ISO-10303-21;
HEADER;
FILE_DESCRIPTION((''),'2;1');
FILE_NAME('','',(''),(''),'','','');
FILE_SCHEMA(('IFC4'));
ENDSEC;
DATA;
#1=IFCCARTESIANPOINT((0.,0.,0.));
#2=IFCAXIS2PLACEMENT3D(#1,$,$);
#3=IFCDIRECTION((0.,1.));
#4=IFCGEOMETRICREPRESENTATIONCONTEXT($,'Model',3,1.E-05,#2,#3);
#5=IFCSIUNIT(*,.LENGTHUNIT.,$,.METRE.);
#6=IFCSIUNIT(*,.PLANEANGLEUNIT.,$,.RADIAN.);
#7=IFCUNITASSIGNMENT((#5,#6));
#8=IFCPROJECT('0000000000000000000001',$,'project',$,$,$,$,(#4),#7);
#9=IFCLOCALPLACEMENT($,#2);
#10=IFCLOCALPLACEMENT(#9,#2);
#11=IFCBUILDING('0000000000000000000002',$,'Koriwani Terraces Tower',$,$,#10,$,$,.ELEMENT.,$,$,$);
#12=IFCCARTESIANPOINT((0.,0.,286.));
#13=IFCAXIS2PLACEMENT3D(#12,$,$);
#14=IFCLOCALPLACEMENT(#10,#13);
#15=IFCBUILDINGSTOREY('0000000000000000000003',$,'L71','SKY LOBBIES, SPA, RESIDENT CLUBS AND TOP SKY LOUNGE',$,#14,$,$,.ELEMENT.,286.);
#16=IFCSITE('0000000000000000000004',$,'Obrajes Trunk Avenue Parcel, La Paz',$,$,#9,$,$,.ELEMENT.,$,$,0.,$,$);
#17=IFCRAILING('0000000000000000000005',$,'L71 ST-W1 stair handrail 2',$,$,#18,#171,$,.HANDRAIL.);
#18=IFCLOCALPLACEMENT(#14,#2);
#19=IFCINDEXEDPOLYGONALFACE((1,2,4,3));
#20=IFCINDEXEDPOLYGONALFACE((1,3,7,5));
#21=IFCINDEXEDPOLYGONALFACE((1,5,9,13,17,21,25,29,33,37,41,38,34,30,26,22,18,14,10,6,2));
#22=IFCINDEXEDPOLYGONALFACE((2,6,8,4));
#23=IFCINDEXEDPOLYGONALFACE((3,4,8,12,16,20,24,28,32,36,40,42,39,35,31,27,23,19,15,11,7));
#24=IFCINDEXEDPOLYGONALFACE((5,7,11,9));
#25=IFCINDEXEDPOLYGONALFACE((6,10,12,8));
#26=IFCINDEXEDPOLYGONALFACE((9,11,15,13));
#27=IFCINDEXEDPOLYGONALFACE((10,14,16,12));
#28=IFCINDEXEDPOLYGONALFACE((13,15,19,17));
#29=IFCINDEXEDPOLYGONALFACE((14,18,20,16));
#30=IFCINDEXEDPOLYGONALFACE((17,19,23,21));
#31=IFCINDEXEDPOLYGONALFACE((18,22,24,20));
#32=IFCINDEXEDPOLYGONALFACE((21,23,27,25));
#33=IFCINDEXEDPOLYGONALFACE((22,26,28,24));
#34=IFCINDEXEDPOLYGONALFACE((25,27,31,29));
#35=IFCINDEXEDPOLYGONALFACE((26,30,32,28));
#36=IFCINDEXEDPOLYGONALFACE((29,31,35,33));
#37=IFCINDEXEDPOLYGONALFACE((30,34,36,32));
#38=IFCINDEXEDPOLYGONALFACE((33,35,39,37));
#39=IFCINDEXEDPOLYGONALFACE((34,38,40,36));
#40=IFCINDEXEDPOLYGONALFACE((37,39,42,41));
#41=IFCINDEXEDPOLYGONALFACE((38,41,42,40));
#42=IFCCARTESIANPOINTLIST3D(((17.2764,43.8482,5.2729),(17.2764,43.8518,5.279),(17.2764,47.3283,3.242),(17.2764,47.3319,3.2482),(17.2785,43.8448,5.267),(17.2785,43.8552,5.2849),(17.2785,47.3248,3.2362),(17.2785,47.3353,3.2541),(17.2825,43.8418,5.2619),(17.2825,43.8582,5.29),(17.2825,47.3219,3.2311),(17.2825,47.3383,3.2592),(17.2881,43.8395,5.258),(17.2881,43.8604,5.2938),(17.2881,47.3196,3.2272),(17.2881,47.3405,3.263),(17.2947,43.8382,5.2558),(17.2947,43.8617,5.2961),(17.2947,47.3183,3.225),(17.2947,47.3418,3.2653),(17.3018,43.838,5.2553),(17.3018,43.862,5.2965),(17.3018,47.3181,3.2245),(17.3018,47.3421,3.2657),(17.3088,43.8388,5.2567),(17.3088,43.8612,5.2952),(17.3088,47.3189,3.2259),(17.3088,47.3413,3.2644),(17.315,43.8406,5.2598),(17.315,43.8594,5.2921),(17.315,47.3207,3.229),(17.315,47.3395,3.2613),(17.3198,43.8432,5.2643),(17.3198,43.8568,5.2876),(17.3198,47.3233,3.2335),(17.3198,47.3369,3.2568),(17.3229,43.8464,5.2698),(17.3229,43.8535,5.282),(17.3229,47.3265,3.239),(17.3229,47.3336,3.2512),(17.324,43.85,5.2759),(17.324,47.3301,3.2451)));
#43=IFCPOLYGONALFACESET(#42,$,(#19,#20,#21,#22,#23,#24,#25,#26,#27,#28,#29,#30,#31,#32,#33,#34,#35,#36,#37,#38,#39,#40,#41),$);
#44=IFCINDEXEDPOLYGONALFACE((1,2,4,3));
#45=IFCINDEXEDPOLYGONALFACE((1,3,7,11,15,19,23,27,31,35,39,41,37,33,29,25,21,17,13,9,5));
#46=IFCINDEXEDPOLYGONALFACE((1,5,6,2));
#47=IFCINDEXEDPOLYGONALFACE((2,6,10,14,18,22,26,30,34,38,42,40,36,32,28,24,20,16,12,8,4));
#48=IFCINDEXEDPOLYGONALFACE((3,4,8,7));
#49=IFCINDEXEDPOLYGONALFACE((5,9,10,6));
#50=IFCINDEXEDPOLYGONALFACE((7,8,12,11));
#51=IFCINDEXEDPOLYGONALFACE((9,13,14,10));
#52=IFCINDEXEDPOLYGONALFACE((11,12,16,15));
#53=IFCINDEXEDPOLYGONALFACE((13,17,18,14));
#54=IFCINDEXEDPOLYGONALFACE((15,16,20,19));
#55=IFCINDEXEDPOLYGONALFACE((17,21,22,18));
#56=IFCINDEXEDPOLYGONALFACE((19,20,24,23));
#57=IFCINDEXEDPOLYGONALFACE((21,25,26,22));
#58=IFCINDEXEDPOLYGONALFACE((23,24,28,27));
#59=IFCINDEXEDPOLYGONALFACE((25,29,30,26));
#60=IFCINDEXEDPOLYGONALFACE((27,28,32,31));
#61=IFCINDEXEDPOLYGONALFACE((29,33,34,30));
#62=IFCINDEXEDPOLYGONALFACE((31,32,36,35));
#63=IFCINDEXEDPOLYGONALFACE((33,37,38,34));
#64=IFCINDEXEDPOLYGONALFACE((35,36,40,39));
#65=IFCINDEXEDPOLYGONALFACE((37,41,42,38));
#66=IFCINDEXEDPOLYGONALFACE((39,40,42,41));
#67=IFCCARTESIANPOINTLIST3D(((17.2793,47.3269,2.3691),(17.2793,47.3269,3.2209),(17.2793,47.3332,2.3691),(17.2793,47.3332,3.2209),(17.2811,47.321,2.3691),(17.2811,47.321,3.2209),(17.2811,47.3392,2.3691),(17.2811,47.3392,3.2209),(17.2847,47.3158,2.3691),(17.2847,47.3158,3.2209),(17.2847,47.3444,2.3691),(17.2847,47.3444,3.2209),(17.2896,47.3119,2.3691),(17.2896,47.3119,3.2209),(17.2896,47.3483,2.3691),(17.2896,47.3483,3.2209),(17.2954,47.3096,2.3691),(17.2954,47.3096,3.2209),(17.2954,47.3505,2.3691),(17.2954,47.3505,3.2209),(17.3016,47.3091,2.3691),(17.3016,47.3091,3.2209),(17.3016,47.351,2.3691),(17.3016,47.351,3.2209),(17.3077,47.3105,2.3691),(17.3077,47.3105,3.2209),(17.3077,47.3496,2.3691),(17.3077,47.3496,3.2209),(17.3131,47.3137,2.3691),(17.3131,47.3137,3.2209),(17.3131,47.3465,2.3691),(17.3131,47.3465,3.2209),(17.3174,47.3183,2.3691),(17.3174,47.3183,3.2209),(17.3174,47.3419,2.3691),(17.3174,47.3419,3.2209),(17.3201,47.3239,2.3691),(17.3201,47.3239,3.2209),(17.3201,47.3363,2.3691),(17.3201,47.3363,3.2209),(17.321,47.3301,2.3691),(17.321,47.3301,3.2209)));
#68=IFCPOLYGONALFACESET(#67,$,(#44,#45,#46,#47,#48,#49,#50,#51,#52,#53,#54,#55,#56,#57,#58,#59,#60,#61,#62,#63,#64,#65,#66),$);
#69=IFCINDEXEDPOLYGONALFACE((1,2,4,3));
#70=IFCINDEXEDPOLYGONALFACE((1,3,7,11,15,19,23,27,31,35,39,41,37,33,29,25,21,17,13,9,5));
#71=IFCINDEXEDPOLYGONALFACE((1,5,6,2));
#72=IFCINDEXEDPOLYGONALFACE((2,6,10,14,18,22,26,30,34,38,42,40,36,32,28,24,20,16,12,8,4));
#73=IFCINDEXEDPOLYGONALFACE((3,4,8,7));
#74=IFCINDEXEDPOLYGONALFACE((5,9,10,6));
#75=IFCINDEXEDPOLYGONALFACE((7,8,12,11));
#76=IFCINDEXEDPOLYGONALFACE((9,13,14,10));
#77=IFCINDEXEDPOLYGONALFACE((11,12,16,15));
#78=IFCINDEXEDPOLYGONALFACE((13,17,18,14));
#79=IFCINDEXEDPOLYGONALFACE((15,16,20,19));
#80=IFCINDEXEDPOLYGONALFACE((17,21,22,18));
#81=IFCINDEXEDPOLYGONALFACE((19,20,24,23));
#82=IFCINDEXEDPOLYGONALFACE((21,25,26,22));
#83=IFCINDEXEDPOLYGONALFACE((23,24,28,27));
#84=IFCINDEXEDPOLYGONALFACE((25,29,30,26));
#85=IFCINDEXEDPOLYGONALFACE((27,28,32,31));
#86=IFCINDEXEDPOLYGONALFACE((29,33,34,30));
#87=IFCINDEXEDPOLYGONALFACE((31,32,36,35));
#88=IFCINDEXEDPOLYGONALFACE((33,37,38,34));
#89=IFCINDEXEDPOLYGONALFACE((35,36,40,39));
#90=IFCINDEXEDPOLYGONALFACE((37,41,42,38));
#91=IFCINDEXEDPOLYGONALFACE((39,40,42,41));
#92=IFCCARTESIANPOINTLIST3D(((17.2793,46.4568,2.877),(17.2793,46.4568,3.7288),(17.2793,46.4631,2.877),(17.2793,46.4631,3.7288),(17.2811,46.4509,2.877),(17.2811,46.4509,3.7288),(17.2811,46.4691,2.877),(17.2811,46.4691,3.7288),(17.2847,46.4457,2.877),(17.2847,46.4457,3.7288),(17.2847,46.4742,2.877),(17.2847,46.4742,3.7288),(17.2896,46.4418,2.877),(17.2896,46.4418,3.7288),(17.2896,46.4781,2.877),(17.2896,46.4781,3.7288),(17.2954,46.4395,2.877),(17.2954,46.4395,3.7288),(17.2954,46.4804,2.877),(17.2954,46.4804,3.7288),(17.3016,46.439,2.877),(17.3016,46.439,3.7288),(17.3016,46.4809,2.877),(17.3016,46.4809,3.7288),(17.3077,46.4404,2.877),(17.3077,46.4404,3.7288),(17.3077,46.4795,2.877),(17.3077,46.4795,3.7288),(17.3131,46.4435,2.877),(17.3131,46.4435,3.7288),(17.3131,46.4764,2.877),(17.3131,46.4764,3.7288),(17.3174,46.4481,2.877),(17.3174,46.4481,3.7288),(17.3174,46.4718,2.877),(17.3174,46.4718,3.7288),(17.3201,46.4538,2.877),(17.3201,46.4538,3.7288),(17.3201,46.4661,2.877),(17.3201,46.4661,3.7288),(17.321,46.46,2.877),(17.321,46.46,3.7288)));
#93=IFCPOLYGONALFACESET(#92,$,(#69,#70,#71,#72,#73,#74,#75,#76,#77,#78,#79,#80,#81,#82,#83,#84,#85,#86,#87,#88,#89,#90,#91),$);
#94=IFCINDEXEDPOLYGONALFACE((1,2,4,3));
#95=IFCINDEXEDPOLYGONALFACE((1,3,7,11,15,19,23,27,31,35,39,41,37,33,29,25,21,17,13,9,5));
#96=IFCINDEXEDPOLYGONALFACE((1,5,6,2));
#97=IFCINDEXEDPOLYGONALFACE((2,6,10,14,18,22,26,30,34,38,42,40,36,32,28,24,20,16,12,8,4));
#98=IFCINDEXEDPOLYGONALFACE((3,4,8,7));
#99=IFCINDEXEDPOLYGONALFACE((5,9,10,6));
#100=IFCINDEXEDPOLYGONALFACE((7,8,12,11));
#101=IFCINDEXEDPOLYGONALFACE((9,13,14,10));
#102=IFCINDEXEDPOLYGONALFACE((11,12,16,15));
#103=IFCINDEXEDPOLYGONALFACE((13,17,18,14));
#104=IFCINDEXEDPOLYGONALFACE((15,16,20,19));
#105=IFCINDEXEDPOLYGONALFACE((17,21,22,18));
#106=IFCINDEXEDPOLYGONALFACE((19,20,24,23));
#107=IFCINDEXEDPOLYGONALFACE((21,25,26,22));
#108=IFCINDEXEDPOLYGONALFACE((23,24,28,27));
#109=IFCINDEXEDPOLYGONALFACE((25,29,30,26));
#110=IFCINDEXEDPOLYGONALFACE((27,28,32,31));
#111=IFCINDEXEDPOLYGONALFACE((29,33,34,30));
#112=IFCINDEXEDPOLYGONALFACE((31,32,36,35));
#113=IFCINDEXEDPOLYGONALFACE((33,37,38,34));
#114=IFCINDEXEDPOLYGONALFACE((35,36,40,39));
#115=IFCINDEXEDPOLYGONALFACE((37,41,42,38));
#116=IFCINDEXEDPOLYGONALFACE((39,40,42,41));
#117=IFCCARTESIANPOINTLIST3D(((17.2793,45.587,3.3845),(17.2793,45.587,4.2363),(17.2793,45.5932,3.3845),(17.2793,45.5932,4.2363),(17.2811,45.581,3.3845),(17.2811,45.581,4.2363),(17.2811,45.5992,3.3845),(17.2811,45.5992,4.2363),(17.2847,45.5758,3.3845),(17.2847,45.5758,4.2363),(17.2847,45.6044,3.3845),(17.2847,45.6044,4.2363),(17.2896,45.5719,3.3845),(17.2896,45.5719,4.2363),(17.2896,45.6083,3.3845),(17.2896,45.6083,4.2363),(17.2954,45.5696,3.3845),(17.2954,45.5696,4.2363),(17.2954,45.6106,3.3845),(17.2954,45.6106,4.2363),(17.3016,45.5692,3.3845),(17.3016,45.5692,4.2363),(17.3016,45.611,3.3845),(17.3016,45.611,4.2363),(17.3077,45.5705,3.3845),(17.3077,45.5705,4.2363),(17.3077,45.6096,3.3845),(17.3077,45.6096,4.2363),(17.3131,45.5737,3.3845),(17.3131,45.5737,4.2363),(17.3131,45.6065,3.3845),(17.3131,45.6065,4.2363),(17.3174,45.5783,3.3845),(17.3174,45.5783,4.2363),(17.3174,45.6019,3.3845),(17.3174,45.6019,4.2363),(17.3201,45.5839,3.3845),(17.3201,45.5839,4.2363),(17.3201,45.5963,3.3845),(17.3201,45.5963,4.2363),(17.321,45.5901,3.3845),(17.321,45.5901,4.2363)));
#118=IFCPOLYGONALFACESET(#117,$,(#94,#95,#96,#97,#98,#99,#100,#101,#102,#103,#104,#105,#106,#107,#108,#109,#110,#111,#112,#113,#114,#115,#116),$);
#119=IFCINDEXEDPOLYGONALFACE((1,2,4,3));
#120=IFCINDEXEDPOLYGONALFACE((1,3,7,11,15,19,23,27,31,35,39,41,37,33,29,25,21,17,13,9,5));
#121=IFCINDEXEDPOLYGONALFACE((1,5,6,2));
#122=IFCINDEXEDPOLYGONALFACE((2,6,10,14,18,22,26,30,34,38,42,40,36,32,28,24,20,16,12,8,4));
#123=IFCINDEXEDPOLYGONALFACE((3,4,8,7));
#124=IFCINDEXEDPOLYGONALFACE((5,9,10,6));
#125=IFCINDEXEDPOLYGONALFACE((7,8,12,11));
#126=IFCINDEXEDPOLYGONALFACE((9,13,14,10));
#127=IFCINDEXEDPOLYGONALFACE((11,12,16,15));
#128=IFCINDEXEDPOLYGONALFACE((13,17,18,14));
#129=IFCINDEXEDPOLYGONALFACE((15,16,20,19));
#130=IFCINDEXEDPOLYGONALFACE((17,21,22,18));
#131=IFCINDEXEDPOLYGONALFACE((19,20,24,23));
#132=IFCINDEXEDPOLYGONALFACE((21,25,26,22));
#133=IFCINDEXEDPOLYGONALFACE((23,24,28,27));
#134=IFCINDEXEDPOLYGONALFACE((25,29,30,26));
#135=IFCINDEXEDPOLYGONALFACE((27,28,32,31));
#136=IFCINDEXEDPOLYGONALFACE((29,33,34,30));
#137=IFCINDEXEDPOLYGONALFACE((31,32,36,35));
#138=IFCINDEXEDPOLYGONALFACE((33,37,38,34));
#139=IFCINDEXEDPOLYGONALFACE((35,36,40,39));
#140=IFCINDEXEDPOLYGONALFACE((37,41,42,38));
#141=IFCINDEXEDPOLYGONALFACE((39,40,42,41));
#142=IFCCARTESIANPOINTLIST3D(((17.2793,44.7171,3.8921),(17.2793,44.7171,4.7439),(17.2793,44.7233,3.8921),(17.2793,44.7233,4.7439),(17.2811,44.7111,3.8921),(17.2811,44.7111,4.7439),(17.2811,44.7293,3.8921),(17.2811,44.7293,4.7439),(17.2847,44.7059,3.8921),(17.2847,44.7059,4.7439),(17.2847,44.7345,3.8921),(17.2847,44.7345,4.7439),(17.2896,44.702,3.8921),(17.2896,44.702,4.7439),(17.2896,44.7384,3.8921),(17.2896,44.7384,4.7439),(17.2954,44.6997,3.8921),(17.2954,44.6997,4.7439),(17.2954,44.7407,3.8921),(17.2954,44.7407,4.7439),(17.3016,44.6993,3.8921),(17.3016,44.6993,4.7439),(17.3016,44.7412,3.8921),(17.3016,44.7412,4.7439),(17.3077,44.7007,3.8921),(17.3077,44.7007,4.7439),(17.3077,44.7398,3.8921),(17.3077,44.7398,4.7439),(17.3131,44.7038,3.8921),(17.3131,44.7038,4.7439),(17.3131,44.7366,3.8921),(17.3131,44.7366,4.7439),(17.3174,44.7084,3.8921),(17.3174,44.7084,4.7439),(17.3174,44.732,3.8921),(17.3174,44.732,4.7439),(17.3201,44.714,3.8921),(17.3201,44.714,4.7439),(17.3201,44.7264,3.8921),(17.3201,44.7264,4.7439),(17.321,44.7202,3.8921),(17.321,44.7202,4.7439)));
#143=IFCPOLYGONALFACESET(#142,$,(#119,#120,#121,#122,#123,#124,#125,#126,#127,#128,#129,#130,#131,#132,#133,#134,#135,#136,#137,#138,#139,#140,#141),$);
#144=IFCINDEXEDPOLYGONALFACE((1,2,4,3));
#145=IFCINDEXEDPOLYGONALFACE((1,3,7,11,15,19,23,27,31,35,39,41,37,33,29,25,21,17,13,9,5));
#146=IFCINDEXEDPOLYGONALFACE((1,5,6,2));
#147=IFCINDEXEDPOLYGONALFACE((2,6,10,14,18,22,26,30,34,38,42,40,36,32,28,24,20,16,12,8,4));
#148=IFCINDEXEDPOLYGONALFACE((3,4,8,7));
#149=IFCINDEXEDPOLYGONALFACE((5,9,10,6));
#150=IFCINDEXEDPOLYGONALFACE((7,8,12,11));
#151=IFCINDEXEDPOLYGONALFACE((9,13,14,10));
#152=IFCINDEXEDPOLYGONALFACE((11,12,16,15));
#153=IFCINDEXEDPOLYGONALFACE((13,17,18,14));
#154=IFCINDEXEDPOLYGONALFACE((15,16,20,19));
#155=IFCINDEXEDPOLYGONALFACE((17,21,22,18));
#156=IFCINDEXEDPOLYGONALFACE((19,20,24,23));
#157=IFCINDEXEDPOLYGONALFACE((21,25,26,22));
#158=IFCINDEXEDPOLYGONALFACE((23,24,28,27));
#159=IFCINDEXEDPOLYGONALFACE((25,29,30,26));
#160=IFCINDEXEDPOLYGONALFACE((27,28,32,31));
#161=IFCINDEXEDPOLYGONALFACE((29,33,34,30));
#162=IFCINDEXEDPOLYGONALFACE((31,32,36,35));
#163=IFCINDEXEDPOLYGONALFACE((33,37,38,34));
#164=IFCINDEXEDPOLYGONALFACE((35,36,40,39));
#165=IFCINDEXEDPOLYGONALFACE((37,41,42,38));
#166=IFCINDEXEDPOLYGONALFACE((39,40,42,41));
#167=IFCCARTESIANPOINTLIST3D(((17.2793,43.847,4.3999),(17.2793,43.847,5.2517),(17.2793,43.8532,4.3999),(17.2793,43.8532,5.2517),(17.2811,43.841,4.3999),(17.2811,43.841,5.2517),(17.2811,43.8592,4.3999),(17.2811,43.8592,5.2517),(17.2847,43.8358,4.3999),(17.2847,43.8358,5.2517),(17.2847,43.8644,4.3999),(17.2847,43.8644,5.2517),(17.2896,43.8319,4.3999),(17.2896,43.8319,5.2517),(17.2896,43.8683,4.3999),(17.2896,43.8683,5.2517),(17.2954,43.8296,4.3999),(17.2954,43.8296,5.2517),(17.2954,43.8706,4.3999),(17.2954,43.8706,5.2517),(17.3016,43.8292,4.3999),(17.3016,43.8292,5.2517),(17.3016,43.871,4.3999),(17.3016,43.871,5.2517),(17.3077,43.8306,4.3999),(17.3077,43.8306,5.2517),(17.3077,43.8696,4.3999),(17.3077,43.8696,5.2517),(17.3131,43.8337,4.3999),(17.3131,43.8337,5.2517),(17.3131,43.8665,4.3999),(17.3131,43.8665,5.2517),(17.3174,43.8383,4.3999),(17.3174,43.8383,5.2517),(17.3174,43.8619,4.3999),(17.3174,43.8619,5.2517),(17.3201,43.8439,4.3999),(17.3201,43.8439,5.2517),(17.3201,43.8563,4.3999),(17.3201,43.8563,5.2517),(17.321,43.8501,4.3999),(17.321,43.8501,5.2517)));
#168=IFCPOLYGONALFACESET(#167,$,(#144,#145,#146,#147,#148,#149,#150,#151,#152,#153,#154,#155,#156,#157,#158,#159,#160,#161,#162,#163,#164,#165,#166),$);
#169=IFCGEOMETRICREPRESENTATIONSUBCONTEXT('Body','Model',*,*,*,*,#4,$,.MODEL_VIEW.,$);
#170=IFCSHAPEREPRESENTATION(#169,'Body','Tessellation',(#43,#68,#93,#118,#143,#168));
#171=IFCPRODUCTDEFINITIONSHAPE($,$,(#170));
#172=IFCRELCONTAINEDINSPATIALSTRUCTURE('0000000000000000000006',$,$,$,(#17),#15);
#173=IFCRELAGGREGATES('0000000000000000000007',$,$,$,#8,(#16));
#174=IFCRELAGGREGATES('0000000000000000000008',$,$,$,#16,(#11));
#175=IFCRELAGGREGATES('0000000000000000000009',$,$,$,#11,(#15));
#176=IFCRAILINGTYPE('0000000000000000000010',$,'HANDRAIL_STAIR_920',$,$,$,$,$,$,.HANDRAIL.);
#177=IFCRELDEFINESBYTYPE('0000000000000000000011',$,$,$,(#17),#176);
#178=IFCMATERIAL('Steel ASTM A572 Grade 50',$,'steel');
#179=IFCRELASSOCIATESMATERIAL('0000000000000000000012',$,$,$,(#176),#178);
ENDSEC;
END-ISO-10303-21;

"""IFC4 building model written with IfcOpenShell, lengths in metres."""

from ifc_helpers import new_model, si_unit, direction, frame, origin, origin_2d, place, context, subcontext, project, spatial, circle, extrude, material, type_object, element, save


model = new_model("IFC4")

# Units and contexts
model_context = context("Model", 3, precision=1e-05, world=origin(), true_north=direction((0.0, 1.0)))
body_context = subcontext(model_context, "Body", "Model", "MODEL_VIEW")
ifc_project = project(units=[si_unit("LENGTHUNIT", "METRE"), si_unit("PLANEANGLEUNIT", "RADIAN")], contexts=[model_context])

# Site, building, storey
site_placement = place(None, origin())
site = spatial("IfcSite", under=ifc_project, at=site_placement, Name="Obrajes Trunk Avenue Parcel, La Paz", CompositionType="ELEMENT", RefElevation=0.0)
building_placement = place(site_placement, origin())
building = spatial("IfcBuilding", under=site, at=building_placement, Name="Koriwani Terraces Tower", CompositionType="ELEMENT")
storey_placement = place(building_placement, frame((0.0, 0.0, 286.0)))
storey = spatial("IfcBuildingStorey", under=building, at=storey_placement, Name="L71", Description="SKY LOBBIES, SPA, RESIDENT CLUBS AND TOP SKY LOUNGE", CompositionType="ELEMENT", Elevation=286.0)

# Shared definitions
ifc_material_1 = material(Name="Steel ASTM A572 Grade 50", Category="steel")

# Railing
railing_type_1 = type_object("IfcRailingType", Name="HANDRAIL_STAIR_920", PredefinedType="HANDRAIL", material=ifc_material_1)
railing_1_placement = place(storey_placement, frame((17.3, 47.3301, 2.3691)))
element("IfcRailing", 1, at=railing_1_placement, inside=storey, type_object=railing_type_1, Name="L71 ST-W1 stair handrail 2", PredefinedType="HANDRAIL", context=body_context, shape_type="SweptSolid", body=[
    extrude(circle(Radius=0.0239, at=origin_2d()), frame((0.0, 0.0, 0.876), z_axis=(0.0, -0.863695, 0.504014), x_axis=(1.0, 0.0, 0.0)), (0.0, 0.0, 1.0), 4.0293),
    extrude(circle(Radius=0.021, at=origin_2d()), origin(), (0.0, 0.0, 1.0), 0.8518),
    extrude(circle(Radius=0.021, at=origin_2d()), frame((0.0, -0.8701, 0.5078)), (0.0, 0.0, 1.0), 0.8518),
    extrude(circle(Radius=0.021, at=origin_2d()), frame((0.0, -1.74, 1.0154)), (0.0, 0.0, 1.0), 0.8518),
    extrude(circle(Radius=0.021, at=origin_2d()), frame((0.0, -2.6099, 1.5229)), (0.0, 0.0, 1.0), 0.8518),
    extrude(circle(Radius=0.021, at=origin_2d()), frame((0.0, -3.48, 2.0308)), (0.0, 0.0, 1.0), 0.8518),
])

save(model, "model.ifc")
